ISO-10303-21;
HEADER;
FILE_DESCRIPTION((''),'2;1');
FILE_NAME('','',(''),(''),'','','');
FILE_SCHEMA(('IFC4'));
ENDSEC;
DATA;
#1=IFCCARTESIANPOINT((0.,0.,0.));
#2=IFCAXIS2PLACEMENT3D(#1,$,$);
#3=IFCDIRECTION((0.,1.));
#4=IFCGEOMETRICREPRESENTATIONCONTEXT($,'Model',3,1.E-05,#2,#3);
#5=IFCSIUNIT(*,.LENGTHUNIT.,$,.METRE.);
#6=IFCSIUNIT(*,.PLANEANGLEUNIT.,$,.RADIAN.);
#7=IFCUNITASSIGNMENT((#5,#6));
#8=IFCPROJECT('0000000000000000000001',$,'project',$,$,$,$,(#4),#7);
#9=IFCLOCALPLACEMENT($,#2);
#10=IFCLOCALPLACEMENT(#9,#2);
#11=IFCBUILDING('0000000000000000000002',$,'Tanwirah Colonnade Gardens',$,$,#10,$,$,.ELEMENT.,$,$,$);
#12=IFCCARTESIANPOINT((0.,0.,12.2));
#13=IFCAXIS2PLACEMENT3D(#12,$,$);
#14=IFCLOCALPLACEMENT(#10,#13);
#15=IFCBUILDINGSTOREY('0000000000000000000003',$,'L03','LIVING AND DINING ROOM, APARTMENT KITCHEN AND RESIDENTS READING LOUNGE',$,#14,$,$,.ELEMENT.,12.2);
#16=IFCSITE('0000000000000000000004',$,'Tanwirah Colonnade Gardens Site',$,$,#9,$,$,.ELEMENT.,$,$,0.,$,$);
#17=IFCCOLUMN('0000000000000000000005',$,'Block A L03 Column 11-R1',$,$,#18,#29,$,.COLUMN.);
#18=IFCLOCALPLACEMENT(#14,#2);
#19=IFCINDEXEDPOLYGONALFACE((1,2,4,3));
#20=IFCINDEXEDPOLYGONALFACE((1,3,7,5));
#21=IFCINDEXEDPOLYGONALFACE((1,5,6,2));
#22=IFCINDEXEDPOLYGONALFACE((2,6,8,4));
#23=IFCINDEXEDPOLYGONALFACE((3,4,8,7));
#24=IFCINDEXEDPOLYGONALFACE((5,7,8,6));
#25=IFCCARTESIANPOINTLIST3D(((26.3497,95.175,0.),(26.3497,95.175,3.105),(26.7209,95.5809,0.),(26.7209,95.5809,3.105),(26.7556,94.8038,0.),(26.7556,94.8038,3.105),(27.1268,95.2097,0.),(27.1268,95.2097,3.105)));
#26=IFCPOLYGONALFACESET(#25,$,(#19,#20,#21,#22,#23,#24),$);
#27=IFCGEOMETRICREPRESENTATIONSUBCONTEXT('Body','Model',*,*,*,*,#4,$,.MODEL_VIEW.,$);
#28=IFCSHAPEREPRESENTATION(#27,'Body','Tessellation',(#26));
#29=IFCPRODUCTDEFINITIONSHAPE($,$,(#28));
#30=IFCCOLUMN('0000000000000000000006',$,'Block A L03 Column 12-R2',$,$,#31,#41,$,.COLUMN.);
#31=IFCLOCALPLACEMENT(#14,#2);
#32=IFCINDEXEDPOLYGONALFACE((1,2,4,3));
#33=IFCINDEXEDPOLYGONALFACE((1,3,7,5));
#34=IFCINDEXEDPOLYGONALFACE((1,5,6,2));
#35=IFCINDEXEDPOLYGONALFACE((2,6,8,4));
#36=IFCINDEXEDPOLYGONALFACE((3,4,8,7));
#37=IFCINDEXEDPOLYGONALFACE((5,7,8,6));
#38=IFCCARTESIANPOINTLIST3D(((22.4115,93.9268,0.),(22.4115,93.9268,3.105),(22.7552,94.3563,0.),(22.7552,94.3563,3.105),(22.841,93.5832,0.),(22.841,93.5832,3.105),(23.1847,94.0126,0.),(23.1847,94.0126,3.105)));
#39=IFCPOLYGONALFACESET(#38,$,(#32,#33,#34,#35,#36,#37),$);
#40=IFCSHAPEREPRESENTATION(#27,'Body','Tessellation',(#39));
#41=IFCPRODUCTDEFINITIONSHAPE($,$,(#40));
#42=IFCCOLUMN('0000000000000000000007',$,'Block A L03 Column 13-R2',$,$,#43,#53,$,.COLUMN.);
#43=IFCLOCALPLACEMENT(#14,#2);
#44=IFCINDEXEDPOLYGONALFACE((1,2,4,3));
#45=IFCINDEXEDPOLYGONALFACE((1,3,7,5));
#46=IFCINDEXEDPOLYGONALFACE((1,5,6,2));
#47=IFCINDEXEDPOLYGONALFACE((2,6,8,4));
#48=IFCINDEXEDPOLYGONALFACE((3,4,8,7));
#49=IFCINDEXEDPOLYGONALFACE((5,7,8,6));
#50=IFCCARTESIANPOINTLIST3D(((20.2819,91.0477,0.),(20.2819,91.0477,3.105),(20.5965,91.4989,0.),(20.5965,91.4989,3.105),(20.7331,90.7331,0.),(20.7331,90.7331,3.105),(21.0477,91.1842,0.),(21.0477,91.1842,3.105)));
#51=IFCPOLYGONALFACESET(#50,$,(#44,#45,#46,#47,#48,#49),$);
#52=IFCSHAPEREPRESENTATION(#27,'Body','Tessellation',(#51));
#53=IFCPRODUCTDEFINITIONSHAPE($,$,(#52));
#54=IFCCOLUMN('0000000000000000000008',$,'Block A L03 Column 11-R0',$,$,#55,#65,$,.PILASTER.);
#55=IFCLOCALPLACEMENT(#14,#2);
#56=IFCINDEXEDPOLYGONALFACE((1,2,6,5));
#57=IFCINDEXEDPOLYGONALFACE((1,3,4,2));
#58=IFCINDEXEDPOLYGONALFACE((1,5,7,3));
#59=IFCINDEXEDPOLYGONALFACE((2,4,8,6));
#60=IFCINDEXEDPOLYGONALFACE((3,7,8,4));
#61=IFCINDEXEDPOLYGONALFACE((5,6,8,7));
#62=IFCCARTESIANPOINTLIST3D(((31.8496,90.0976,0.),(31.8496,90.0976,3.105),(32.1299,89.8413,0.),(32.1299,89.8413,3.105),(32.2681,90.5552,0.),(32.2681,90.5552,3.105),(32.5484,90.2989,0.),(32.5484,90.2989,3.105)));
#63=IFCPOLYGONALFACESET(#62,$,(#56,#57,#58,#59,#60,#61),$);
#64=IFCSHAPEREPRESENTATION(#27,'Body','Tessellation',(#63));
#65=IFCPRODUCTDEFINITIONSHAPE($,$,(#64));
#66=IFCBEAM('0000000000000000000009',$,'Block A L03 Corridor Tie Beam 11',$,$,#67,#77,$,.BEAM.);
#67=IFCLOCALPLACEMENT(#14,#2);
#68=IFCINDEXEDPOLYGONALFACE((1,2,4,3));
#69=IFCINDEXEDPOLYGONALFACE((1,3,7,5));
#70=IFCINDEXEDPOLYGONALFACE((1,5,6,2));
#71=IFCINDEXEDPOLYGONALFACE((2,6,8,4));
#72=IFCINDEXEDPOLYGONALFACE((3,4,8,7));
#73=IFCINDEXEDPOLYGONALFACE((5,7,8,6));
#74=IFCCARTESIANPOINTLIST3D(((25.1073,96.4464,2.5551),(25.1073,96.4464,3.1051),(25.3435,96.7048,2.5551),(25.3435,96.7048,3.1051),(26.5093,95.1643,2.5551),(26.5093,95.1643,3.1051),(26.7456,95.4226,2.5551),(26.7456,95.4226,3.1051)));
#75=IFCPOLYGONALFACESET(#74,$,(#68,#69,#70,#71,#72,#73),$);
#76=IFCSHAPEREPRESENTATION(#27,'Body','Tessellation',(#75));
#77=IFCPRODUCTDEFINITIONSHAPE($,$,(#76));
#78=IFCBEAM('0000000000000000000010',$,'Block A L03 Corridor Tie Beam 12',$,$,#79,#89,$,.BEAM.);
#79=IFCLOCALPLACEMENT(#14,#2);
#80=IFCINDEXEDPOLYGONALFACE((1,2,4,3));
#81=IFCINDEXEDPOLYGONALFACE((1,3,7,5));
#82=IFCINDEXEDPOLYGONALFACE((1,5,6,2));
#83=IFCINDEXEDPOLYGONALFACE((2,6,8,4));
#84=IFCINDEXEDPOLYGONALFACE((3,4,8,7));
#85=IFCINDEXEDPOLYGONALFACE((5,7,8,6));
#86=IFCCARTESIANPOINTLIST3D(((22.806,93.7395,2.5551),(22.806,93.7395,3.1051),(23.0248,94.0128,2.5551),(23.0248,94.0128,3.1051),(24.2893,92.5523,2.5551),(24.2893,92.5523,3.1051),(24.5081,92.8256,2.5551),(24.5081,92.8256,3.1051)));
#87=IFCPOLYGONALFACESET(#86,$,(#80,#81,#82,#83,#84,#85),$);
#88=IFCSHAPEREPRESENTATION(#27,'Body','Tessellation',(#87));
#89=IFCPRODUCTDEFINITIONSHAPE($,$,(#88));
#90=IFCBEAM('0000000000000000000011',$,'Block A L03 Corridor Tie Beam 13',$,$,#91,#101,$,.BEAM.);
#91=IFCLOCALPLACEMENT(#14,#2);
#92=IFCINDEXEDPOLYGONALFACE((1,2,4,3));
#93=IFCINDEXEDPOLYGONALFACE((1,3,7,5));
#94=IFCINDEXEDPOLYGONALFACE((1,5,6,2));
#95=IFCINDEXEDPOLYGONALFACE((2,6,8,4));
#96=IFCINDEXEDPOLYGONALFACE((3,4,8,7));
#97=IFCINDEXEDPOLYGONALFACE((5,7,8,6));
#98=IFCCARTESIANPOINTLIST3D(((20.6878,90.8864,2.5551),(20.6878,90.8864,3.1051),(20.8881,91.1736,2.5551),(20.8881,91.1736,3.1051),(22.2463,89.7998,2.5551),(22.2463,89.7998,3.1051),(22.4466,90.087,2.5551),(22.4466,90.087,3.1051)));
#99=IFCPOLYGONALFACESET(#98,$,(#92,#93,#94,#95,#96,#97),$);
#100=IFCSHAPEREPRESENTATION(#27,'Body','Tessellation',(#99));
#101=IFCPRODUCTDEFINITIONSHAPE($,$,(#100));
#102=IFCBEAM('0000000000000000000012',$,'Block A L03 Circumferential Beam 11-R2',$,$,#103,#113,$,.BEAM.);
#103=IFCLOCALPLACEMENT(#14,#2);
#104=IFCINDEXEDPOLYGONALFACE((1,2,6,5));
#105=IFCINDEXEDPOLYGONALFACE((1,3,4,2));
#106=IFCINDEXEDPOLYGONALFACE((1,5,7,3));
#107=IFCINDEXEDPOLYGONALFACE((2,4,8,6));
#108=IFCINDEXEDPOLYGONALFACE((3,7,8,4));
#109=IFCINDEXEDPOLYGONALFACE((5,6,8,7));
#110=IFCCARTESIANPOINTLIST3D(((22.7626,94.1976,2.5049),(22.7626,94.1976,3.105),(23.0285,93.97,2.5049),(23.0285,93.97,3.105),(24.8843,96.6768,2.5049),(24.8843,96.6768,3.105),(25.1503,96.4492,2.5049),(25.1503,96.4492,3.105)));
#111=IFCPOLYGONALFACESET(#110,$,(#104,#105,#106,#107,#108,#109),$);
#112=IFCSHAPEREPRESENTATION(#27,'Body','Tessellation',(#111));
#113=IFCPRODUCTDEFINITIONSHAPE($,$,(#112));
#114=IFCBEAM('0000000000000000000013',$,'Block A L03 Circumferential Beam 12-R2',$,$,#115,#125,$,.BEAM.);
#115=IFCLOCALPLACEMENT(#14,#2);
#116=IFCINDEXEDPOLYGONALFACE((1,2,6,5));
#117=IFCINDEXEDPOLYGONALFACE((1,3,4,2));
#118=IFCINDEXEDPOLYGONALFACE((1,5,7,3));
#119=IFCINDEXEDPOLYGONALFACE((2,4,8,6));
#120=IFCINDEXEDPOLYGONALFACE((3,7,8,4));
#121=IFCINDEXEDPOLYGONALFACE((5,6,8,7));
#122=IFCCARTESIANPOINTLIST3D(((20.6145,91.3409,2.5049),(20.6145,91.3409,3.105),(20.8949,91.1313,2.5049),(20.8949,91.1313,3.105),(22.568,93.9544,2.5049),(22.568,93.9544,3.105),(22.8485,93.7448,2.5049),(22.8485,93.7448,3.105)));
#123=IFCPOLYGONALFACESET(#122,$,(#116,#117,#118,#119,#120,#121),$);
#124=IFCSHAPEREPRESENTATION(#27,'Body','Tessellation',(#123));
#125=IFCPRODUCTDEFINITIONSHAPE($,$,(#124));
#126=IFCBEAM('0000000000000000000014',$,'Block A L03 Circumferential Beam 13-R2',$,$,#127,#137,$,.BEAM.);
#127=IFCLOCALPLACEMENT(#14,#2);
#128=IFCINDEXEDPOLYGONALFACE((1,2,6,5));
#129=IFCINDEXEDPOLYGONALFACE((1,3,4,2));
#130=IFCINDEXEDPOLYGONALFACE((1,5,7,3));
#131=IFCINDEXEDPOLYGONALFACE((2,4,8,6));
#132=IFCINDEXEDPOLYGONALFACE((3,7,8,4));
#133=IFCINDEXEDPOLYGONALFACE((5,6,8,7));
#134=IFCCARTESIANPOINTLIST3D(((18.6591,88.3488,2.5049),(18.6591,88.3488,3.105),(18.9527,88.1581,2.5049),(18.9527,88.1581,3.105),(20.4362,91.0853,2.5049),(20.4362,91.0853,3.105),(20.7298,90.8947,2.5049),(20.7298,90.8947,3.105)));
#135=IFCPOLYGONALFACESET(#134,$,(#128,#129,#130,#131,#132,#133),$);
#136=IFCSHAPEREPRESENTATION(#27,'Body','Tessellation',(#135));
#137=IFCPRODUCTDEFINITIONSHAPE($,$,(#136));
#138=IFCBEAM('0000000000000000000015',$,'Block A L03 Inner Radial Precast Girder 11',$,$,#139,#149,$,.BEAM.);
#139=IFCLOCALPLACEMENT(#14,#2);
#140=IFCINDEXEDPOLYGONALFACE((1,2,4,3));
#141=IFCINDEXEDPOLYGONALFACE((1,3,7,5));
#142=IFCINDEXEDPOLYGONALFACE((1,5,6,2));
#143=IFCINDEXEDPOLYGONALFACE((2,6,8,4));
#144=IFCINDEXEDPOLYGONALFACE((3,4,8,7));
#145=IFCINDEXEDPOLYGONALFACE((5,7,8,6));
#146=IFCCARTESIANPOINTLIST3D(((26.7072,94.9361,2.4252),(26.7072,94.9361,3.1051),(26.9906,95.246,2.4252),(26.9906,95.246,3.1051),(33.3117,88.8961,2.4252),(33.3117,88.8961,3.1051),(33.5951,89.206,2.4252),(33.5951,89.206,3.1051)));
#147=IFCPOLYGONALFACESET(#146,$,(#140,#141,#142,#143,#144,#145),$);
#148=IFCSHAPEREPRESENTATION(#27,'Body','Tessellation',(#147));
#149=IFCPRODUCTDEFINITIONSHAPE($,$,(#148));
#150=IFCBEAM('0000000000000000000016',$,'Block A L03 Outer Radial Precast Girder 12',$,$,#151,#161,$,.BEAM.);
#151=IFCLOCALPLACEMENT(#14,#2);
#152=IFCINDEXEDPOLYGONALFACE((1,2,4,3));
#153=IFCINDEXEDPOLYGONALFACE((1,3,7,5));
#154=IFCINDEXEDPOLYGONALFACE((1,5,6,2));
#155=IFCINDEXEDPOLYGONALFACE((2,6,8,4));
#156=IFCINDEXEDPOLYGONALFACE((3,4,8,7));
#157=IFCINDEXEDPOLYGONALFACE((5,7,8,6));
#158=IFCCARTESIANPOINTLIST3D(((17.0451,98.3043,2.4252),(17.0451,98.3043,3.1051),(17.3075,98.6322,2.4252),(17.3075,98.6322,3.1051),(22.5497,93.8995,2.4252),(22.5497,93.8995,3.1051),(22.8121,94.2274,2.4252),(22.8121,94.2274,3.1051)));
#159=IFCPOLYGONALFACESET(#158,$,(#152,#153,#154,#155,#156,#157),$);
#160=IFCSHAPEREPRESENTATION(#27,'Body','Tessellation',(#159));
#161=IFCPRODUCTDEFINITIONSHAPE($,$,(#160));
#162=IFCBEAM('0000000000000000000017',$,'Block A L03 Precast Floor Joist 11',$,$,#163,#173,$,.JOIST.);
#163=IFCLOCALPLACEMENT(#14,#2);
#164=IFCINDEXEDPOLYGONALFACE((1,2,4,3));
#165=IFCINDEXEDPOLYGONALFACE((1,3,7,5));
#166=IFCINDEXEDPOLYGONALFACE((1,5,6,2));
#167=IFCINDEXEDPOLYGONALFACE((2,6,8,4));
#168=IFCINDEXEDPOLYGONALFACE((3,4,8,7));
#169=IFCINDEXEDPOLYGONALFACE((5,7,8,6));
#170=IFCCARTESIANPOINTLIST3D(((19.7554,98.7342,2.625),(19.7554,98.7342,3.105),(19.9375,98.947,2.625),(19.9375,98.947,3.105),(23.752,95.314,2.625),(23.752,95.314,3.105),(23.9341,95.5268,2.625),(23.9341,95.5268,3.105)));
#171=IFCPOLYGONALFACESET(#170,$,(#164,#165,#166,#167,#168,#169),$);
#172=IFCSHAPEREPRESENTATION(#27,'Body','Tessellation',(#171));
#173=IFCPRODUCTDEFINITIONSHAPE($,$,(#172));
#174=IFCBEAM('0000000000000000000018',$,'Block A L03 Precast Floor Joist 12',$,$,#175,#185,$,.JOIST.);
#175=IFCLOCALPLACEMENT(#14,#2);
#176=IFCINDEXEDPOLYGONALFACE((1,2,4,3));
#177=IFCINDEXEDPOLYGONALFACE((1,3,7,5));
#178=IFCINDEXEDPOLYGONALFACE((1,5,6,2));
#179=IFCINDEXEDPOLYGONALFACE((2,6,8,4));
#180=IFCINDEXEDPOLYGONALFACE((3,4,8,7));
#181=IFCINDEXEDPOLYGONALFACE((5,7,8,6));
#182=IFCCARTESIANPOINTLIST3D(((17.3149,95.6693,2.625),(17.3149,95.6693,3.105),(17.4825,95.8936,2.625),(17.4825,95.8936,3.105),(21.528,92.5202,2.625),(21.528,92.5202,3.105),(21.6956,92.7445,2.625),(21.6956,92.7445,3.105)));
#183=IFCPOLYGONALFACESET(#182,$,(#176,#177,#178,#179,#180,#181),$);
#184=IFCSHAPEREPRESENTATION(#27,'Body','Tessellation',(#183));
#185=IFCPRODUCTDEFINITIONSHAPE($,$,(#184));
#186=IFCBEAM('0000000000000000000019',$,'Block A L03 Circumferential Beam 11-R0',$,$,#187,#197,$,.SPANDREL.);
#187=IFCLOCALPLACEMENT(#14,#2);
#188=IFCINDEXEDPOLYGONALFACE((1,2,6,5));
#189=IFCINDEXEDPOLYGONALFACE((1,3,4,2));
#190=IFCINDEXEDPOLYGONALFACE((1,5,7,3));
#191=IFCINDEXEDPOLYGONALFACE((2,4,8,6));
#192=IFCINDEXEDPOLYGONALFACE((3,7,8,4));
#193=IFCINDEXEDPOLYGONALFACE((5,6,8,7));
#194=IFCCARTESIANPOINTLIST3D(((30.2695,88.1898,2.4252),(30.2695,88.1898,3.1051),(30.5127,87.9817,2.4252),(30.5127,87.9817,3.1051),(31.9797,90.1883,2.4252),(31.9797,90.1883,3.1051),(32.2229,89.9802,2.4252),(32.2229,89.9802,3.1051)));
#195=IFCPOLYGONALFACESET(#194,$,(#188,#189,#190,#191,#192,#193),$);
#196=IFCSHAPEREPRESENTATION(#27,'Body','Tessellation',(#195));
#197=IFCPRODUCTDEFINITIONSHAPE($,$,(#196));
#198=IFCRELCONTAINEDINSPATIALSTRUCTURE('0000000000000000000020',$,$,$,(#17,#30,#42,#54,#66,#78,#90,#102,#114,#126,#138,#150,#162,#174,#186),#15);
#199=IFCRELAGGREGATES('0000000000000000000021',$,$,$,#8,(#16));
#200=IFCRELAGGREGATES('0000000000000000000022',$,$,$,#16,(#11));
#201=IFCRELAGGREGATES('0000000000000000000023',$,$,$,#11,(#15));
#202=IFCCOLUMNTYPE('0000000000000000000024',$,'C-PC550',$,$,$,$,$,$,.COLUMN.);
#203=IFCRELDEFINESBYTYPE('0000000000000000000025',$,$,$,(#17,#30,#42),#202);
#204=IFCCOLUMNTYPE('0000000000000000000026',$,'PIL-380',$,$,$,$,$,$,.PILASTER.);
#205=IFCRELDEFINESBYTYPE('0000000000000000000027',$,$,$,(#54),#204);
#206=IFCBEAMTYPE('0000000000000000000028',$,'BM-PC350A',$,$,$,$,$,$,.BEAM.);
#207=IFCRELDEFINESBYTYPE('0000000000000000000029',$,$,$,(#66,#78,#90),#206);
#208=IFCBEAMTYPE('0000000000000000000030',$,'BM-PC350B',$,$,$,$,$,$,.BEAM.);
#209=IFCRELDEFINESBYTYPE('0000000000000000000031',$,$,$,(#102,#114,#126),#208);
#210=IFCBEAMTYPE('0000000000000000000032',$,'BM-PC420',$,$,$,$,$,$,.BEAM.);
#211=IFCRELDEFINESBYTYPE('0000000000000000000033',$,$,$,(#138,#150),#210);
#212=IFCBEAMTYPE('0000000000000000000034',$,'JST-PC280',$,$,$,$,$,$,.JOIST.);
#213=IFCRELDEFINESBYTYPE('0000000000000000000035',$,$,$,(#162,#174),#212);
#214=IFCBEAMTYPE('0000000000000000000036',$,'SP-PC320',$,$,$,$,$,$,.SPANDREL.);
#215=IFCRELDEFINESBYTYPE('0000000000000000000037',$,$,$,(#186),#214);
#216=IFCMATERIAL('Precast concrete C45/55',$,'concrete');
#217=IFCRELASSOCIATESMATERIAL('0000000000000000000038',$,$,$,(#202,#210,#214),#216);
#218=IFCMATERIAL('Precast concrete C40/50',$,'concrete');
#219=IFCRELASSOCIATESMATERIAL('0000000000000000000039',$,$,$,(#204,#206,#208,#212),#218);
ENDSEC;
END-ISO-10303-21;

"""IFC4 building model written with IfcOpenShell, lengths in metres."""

from ifc_helpers import new_model, si_unit, direction, frame, origin, origin_2d, place, context, subcontext, project, spatial, rectangle, extrude, material, material_profile, profile_set, type_object, element, save


model = new_model("IFC4")

# Units and contexts
model_context = context("Model", 3, precision=1e-05, world=origin(), true_north=direction((0.0, 1.0)))
body_context = subcontext(model_context, "Body", "Model", "MODEL_VIEW")
ifc_project = project(units=[si_unit("LENGTHUNIT", "METRE"), si_unit("PLANEANGLEUNIT", "RADIAN")], contexts=[model_context])

# Site, building, storey
site_placement = place(None, origin())
site = spatial("IfcSite", under=ifc_project, at=site_placement, Name="Tanwirah Colonnade Gardens Site", CompositionType="ELEMENT", RefElevation=0.0)
building_placement = place(site_placement, origin())
building = spatial("IfcBuilding", under=site, at=building_placement, Name="Tanwirah Colonnade Gardens", CompositionType="ELEMENT")
storey_placement = place(building_placement, frame((0.0, 0.0, 12.2)))
storey = spatial("IfcBuildingStorey", under=building, at=storey_placement, Name="L03", Description="LIVING AND DINING ROOM, APARTMENT KITCHEN AND RESIDENTS READING LOUNGE", CompositionType="ELEMENT", Elevation=12.2)

# Columns
ifc_material_1 = material(Name="Precast concrete C45/55", Category="concrete")
ifc_material_profile_1 = material_profile(ifc_material_1, rectangle(XDim=0.55, YDim=0.55, at=origin_2d()), Name="PC-COL 550x550")
ifc_profile_set_1 = profile_set([ifc_material_profile_1], Name="Precast concrete C45/55")
column_type_1 = type_object("IfcColumnType", Name="C-PC550", PredefinedType="COLUMN", material=ifc_profile_set_1)
for number, where, z_axis, x_axis, name in (
    (1, (26.7383, 95.1924, 0.0), (0.0, 0.0, 1.0), (-0.737932, 0.674875, 0.0), "Block A L03 Column 11-R1"),
    (2, (22.7981, 93.9697, 0.0), (0.0, 0.0, 1.0), (-0.780794, 0.624788, 0.0), "Block A L03 Column 12-R2"),
    (3, (20.6648, 91.116, 0.0), (0.0, 0.0, 1.0), (-0.820263, 0.571987, 0.0), "Block A L03 Column 13-R2"),
):
    element("IfcColumn", number, at=place(storey_placement, frame(where, z_axis=z_axis, x_axis=x_axis)), inside=storey, type_object=column_type_1, Name=name, PredefinedType="COLUMN", context=body_context, shape_type="SweptSolid", body=[
        extrude(rectangle(XDim=0.55, YDim=0.55, at=origin_2d()), origin(), (0.0, 0.0, 1.0), 3.105),
    ])
ifc_material_2 = material(Name="Precast concrete C40/50", Category="concrete")
ifc_material_profile_2 = material_profile(ifc_material_2, rectangle(XDim=0.3799, YDim=0.6201, at=origin_2d()), Name="PC-PIL 380x620")
ifc_profile_set_2 = profile_set([ifc_material_profile_2], Name="Precast concrete C40/50")
column_type_2 = type_object("IfcColumnType", Name="PIL-380", PredefinedType="PILASTER", material=ifc_profile_set_2)
column_placement = place(storey_placement, frame((32.199, 90.1982, 0.0), z_axis=(0.0, 0.0, 1.0), x_axis=(-0.737932, 0.674875, 0.0)))
element("IfcColumn", 4, at=column_placement, inside=storey, type_object=column_type_2, Name="Block A L03 Column 11-R0", PredefinedType="PILASTER", context=body_context, shape_type="SweptSolid", body=[
    extrude(rectangle(XDim=0.3799, YDim=0.6201, at=origin_2d()), origin(), (0.0, 0.0, 1.0), 3.105),
])

# Beams
ifc_material_profile_3 = material_profile(ifc_material_2, rectangle(XDim=0.3501, YDim=0.55, at=origin_2d()), Name="PC-BM 350x550")
ifc_profile_set_3 = profile_set([ifc_material_profile_3], Name="Precast concrete C40/50")
beam_type_1 = type_object("IfcBeamType", Name="BM-PC350A", PredefinedType="BEAM", material=ifc_profile_set_3)
for number, where, z_axis, x_axis, name in (
    (5, (26.6274, 95.2935, 2.8301), (-0.737948, 0.674857, 0.0), (-0.674857, -0.737948, 0.0), "Block A L03 Corridor Tie Beam 11"),
    (6, (24.3987, 92.689, 2.8301), (-0.780731, 0.624867, 0.0), (-0.624867, -0.780731, 0.0), "Block A L03 Corridor Tie Beam 12"),
    (7, (22.3464, 89.9434, 2.8301), (-0.820305, 0.571926, 0.0), (-0.571926, -0.820305, 0.0), "Block A L03 Corridor Tie Beam 13"),
):
    element("IfcBeam", number, at=place(storey_placement, frame(where, z_axis=z_axis, x_axis=x_axis)), inside=storey, type_object=beam_type_1, Name=name, PredefinedType="BEAM", context=body_context, shape_type="SweptSolid", body=[
        extrude(rectangle(XDim=0.3501, YDim=0.55, at=origin_2d()), origin(), (0.0, 0.0, 1.0), 1.8999),
    ])
ifc_material_profile_4 = material_profile(ifc_material_2, rectangle(XDim=0.3501, YDim=0.6001, at=origin_2d()), Name="PC-BM 350x600")
ifc_profile_set_4 = profile_set([ifc_material_profile_4], Name="Precast concrete C40/50")
beam_type_2 = type_object("IfcBeamType", Name="BM-PC350B", PredefinedType="BEAM", material=ifc_profile_set_4)
beam_1_placement = place(storey_placement, frame((25.0173, 96.563, 2.8049), z_axis=(-0.650218, -0.759748, 0.0), x_axis=(0.759748, -0.650218, 0.0)))
element("IfcBeam", 8, at=beam_1_placement, inside=storey, type_object=beam_type_2, Name="Block A L03 Circumferential Beam 11-R2", PredefinedType="BEAM", context=body_context, shape_type="SweptSolid", body=[
    extrude(rectangle(XDim=0.3501, YDim=0.6001, at=origin_2d()), origin(), (0.0, 0.0, 1.0), 3.2632),
])
for number, where, z_axis, x_axis, name in (
    (9, (22.7083, 93.8496, 2.8049), (-0.598718, -0.80096, 0.0), (0.80096, -0.598718, 0.0), "Block A L03 Circumferential Beam 12-R2"),
    (10, (20.583, 90.99, 2.8049), (-0.544628, -0.838678, 0.0), (0.838678, -0.544628, 0.0), "Block A L03 Circumferential Beam 13-R2"),
):
    element("IfcBeam", number, at=place(storey_placement, frame(where, z_axis=z_axis, x_axis=x_axis)), inside=storey, type_object=beam_type_2, Name=name, PredefinedType="BEAM", context=body_context, shape_type="SweptSolid", body=[
        extrude(rectangle(XDim=0.3501, YDim=0.6001, at=origin_2d()), origin(), (0.0, 0.0, 1.0), 3.2629),
    ])
ifc_material_profile_5 = material_profile(ifc_material_1, rectangle(XDim=0.4199, YDim=0.6799, at=origin_2d()), Name="PC-BM 420x680")
ifc_profile_set_5 = profile_set([ifc_material_profile_5], Name="Precast concrete C45/55")
beam_type_3 = type_object("IfcBeamType", Name="BM-PC420", PredefinedType="BEAM", material=ifc_profile_set_5)
beam_2_placement = place(storey_placement, frame((26.8489, 95.0911, 2.7651), z_axis=(0.737937, -0.674869, 0.0), x_axis=(0.674869, 0.737937, 0.0)))
element("IfcBeam", 11, at=beam_2_placement, inside=storey, type_object=beam_type_3, Name="Block A L03 Inner Radial Precast Girder 11", PredefinedType="BEAM", context=body_context, shape_type="SweptSolid", body=[
    extrude(rectangle(XDim=0.4199, YDim=0.6799, at=origin_2d()), origin(), (0.0, 0.0, 1.0), 8.95),
])
beam_3_placement = place(storey_placement, frame((22.6809, 94.0635, 2.7651), z_axis=(-0.780794, 0.624788, 0.0), x_axis=(-0.624788, -0.780794, 0.0)))
element("IfcBeam", 12, at=beam_3_placement, inside=storey, type_object=beam_type_3, Name="Block A L03 Outer Radial Precast Girder 12", PredefinedType="BEAM", context=body_context, shape_type="SweptSolid", body=[
    extrude(rectangle(XDim=0.4199, YDim=0.6799, at=origin_2d()), origin(), (0.0, 0.0, 1.0), 7.05),
])
ifc_material_profile_6 = material_profile(ifc_material_2, rectangle(XDim=0.28, YDim=0.48, at=origin_2d()), Name="PC-JST 280x480")
ifc_profile_set_6 = profile_set([ifc_material_profile_6], Name="Precast concrete C40/50")
beam_type_4 = type_object("IfcBeamType", Name="JST-PC280", PredefinedType="JOIST", material=ifc_profile_set_6)
beam_4_placement = place(storey_placement, frame((23.843, 95.4204, 2.865), z_axis=(-0.759771, 0.650191, 0.0), x_axis=(-0.650191, -0.759771, 0.0)))
element("IfcBeam", 13, at=beam_4_placement, inside=storey, type_object=beam_type_4, Name="Block A L03 Precast Floor Joist 11", PredefinedType="JOIST", context=body_context, shape_type="SweptSolid", body=[
    extrude(rectangle(XDim=0.28, YDim=0.48, at=origin_2d()), origin(), (0.0, 0.0, 1.0), 5.2603),
])
beam_5_placement = place(storey_placement, frame((21.6118, 92.6323, 2.865), z_axis=(-0.800974, 0.5987, 0.0), x_axis=(-0.5987, -0.800974, 0.0)))
element("IfcBeam", 14, at=beam_5_placement, inside=storey, type_object=beam_type_4, Name="Block A L03 Precast Floor Joist 12", PredefinedType="JOIST", context=body_context, shape_type="SweptSolid", body=[
    extrude(rectangle(XDim=0.28, YDim=0.48, at=origin_2d()), origin(), (0.0, 0.0, 1.0), 5.26),
])
ifc_material_profile_7 = material_profile(ifc_material_1, rectangle(XDim=0.3201, YDim=0.6799, at=origin_2d()), Name="PC-SP 320x680")
ifc_profile_set_7 = profile_set([ifc_material_profile_7], Name="Precast concrete C45/55")
beam_type_5 = type_object("IfcBeamType", Name="SP-PC320", PredefinedType="SPANDREL", material=ifc_profile_set_7)
beam_6_placement = place(storey_placement, frame((32.1013, 90.0842, 2.7651), z_axis=(-0.650172, -0.759787, 0.0), x_axis=(0.759787, -0.650172, 0.0)))
element("IfcBeam", 15, at=beam_6_placement, inside=storey, type_object=beam_type_5, Name="Block A L03 Circumferential Beam 11-R0", PredefinedType="SPANDREL", context=body_context, shape_type="SweptSolid", body=[
    extrude(rectangle(XDim=0.3201, YDim=0.6799, at=origin_2d()), origin(), (0.0, 0.0, 1.0), 2.6304),
])

save(model, "model.ifc")
